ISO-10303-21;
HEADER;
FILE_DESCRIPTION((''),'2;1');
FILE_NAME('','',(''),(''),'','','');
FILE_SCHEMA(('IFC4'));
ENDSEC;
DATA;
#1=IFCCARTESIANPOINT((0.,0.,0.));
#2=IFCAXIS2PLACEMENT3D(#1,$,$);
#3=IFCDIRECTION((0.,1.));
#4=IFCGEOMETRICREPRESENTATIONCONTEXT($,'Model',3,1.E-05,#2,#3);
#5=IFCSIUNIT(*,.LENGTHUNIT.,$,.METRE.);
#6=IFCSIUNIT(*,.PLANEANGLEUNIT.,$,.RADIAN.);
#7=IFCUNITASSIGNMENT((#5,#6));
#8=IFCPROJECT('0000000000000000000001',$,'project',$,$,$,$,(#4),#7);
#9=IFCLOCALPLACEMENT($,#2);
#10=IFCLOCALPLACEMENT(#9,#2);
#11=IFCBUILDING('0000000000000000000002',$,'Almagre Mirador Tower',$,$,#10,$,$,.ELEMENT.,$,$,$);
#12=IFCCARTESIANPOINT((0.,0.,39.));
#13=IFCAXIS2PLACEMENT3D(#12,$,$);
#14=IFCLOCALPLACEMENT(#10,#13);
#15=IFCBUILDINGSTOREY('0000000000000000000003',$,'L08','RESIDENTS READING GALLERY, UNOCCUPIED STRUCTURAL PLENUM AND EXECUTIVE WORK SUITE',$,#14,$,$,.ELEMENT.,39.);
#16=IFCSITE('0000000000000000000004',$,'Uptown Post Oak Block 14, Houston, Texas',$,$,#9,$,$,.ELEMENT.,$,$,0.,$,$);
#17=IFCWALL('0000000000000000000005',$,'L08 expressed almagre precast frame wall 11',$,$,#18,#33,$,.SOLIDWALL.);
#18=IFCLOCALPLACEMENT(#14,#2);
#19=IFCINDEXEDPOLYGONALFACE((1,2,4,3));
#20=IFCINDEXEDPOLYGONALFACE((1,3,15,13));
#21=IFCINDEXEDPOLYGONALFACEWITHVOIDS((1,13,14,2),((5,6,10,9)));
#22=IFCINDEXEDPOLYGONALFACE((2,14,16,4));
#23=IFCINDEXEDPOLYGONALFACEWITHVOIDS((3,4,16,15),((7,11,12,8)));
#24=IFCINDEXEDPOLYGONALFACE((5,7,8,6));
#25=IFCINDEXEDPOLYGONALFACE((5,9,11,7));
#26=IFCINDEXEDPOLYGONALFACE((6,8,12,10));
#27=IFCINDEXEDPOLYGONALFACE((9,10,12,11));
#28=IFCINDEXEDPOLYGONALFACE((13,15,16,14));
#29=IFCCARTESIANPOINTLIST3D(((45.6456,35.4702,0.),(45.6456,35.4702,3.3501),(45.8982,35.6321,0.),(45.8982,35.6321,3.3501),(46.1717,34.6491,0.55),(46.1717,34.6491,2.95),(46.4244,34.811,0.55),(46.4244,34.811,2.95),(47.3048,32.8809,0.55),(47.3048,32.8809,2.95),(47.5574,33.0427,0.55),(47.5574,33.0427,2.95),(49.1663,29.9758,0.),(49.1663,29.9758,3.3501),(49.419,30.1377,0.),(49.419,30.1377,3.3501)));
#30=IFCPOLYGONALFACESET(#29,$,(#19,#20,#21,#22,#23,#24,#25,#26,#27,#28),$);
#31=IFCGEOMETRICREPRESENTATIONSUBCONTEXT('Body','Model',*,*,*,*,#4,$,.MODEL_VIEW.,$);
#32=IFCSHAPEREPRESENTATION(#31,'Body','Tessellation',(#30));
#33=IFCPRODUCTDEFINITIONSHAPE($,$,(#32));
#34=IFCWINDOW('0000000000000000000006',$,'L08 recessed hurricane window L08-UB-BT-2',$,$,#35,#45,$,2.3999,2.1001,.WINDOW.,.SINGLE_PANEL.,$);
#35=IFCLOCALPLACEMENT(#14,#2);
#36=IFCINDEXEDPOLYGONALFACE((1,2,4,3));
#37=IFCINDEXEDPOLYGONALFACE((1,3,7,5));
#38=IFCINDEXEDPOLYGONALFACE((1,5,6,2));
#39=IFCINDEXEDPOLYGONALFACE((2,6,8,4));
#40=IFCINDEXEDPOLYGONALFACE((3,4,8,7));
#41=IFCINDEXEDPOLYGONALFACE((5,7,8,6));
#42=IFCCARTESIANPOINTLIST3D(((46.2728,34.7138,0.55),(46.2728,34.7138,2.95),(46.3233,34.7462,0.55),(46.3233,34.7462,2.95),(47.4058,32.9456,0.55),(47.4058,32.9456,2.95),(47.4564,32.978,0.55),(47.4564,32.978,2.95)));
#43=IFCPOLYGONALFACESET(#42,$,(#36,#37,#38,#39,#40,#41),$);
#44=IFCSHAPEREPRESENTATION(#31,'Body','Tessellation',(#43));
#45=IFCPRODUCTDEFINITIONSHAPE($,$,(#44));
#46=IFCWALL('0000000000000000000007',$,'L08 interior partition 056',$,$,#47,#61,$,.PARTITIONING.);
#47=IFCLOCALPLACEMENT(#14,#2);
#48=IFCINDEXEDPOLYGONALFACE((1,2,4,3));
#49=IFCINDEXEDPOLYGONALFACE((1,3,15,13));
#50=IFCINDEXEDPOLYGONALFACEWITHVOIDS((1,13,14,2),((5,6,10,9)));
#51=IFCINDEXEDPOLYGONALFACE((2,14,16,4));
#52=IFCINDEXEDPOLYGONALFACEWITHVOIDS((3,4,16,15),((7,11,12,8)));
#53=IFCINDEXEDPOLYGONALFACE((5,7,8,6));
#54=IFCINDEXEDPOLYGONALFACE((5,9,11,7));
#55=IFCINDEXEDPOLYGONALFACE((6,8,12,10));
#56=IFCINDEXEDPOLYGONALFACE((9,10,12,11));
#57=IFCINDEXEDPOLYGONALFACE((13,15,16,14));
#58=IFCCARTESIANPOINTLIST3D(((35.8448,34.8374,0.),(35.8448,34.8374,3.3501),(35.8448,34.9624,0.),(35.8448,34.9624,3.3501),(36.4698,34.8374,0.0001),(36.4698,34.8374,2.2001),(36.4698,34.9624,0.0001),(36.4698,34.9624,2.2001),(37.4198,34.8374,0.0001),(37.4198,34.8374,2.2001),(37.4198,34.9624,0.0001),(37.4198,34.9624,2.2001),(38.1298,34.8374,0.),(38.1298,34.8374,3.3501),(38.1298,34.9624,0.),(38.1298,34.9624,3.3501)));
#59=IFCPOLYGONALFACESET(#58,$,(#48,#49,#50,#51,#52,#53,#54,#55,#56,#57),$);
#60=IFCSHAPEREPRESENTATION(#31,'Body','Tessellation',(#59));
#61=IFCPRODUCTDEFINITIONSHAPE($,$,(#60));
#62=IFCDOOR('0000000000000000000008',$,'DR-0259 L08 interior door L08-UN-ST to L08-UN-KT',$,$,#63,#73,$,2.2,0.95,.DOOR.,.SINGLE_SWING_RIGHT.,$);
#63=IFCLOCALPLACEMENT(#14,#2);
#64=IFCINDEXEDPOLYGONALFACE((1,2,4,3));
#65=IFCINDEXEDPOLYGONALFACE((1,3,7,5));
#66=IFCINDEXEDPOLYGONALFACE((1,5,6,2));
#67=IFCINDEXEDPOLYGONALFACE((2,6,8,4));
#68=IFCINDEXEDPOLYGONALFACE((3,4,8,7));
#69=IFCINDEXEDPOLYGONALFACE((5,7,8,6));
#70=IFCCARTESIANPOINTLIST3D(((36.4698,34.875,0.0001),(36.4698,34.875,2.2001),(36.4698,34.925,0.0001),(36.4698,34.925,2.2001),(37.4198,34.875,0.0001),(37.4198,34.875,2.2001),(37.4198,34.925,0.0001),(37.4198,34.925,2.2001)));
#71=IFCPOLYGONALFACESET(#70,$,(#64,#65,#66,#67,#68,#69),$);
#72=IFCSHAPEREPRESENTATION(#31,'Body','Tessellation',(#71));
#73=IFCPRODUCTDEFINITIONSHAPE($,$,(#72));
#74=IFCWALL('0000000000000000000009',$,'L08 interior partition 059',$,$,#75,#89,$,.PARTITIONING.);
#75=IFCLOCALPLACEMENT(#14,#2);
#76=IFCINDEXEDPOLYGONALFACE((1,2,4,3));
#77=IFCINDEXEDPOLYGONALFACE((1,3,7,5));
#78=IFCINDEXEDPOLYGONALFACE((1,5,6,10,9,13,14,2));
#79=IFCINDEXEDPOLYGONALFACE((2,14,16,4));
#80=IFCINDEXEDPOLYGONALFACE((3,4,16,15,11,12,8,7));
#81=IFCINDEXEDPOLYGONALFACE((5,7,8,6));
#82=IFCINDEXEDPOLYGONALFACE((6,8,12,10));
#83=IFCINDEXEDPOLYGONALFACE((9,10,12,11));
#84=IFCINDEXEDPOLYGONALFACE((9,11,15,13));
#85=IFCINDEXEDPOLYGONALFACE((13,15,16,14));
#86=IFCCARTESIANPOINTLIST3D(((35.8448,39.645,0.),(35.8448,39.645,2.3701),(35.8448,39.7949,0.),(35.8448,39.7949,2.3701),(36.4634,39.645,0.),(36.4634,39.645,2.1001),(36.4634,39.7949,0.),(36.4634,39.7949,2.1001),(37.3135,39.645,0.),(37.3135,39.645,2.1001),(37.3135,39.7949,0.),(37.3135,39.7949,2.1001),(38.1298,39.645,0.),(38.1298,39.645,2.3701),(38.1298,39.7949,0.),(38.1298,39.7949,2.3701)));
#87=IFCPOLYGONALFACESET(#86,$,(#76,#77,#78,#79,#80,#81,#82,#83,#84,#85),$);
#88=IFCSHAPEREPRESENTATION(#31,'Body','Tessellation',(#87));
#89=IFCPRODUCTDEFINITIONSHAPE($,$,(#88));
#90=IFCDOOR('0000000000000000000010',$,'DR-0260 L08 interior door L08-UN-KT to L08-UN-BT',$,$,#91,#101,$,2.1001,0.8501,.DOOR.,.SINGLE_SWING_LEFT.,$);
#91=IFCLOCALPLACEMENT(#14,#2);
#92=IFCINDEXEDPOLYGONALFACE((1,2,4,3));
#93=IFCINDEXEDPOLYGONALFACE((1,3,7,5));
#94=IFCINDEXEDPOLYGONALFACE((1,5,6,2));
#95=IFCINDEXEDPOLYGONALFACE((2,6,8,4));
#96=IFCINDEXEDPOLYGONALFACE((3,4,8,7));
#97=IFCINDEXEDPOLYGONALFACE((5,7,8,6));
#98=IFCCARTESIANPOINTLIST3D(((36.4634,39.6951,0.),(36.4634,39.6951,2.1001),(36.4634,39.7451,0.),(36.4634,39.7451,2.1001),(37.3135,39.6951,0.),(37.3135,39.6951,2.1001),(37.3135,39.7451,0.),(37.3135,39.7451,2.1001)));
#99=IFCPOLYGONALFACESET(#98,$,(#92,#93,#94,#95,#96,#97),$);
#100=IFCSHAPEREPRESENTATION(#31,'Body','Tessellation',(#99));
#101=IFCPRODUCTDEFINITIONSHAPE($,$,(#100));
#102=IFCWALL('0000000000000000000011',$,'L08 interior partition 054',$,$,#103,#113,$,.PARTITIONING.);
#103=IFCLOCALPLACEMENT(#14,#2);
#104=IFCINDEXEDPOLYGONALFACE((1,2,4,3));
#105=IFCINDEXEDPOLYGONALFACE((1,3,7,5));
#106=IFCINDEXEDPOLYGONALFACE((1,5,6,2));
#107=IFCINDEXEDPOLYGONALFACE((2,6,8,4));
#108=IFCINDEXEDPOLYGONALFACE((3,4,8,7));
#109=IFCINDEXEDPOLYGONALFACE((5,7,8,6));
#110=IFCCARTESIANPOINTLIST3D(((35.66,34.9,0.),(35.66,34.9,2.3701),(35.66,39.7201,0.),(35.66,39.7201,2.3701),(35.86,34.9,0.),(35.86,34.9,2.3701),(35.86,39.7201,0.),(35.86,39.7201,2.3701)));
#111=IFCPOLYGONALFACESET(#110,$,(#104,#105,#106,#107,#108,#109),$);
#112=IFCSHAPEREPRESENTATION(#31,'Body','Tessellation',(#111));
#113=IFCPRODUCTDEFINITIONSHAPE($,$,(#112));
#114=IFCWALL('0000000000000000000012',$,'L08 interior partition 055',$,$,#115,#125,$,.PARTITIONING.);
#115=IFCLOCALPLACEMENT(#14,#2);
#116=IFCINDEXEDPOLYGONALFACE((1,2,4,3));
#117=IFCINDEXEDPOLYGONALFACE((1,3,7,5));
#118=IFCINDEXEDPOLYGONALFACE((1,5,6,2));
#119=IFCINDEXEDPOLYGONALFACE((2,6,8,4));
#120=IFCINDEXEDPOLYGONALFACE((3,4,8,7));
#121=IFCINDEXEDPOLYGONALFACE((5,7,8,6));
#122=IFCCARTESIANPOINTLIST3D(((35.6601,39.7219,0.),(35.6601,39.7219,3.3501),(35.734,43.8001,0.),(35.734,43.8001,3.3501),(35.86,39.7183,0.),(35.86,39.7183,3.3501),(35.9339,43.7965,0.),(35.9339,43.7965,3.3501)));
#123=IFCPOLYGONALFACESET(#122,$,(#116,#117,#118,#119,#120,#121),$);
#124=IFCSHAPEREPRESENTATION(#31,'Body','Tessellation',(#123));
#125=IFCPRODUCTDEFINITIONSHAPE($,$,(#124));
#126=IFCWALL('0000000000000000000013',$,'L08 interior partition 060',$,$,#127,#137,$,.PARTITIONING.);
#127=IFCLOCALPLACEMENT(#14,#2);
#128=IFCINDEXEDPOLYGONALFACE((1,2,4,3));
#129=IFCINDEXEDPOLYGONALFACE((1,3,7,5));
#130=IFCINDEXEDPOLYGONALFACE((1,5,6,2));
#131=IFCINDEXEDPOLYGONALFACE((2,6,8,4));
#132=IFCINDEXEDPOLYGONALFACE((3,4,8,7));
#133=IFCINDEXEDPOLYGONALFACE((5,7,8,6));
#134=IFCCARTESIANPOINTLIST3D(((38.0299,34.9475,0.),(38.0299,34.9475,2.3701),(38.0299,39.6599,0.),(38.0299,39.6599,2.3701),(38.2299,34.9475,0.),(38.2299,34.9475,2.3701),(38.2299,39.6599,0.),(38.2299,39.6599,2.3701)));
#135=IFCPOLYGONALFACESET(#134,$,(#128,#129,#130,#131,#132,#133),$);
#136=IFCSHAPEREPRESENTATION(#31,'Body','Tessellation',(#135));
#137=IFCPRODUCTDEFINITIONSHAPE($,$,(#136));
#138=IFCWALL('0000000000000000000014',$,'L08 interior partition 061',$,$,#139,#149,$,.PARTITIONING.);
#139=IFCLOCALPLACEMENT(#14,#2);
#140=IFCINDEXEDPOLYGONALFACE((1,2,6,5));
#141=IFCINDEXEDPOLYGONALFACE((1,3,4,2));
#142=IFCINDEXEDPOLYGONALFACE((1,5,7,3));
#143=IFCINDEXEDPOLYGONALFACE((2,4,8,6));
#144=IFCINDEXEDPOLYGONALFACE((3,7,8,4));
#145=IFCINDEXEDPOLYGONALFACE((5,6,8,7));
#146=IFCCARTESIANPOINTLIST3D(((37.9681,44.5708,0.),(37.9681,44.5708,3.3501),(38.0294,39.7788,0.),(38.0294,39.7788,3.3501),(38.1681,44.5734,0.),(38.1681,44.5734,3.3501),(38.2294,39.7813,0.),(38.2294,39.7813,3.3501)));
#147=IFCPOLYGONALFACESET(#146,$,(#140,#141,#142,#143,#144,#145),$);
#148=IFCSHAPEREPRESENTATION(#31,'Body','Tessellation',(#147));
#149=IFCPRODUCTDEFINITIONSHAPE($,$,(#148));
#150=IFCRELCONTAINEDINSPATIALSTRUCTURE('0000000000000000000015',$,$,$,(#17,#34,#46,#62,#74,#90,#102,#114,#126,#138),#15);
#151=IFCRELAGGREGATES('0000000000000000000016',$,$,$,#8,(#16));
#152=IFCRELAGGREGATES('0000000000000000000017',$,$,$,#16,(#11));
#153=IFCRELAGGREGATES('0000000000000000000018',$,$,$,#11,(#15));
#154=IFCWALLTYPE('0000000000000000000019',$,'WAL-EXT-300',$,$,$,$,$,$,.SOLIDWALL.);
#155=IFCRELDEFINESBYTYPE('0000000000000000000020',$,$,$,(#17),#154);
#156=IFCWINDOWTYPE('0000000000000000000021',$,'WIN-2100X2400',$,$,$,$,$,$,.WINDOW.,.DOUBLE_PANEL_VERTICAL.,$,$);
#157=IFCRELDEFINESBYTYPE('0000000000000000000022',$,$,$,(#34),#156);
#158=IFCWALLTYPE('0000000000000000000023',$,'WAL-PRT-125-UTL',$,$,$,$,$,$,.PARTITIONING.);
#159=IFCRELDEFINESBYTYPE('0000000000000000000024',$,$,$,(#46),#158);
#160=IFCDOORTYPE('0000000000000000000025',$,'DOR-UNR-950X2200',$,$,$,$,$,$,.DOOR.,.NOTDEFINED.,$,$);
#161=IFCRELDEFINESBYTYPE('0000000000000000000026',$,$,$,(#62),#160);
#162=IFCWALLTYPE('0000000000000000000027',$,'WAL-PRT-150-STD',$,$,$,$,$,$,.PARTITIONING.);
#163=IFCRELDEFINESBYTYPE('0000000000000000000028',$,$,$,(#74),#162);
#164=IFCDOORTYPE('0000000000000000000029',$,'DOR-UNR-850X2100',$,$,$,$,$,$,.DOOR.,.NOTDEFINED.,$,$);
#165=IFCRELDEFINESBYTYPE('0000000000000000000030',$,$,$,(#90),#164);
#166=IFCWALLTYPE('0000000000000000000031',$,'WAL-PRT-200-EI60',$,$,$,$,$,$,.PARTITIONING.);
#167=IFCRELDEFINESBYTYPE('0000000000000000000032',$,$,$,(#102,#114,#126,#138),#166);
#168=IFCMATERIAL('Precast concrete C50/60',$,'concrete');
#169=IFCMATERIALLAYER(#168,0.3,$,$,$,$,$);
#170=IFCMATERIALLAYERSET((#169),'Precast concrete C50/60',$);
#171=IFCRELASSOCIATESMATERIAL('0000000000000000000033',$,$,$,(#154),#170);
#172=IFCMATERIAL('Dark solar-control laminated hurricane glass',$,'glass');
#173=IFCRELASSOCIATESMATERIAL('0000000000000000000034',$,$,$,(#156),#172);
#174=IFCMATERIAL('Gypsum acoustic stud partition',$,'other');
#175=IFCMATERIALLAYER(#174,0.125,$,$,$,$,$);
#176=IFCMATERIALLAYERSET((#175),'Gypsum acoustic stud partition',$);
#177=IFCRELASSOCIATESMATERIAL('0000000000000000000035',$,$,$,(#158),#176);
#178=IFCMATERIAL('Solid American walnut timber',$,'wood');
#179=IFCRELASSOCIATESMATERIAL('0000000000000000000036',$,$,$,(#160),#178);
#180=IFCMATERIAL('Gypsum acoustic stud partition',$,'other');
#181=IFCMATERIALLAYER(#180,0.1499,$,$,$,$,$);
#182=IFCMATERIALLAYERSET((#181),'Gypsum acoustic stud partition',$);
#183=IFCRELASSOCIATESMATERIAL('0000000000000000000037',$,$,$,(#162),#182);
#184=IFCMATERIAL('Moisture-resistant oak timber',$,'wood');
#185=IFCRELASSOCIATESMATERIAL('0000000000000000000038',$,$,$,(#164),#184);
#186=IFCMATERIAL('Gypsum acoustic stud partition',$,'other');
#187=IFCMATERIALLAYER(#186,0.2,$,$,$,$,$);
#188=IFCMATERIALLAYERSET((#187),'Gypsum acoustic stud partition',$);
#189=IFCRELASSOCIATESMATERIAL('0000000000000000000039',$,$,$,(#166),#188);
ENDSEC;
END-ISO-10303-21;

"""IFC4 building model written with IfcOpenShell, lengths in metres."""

from ifc_helpers import new_model, si_unit, direction, frame, frame_2d, origin, place, context, subcontext, project, spatial, rectangle, extrude, material, layer, layer_set, type_object, element, fill, save


model = new_model("IFC4")

# Units and contexts
model_context = context("Model", 3, precision=1e-05, world=origin(), true_north=direction((0.0, 1.0)))
body_context = subcontext(model_context, "Body", "Model", "MODEL_VIEW")
ifc_project = project(units=[si_unit("LENGTHUNIT", "METRE"), si_unit("PLANEANGLEUNIT", "RADIAN")], contexts=[model_context])

# Site, building, storey
site_placement = place(None, origin())
site = spatial("IfcSite", under=ifc_project, at=site_placement, Name="Uptown Post Oak Block 14, Houston, Texas", CompositionType="ELEMENT", RefElevation=0.0)
building_placement = place(site_placement, origin())
building = spatial("IfcBuilding", under=site, at=building_placement, Name="Almagre Mirador Tower", CompositionType="ELEMENT")
storey_placement = place(building_placement, frame((0.0, 0.0, 39.0)))
storey = spatial("IfcBuildingStorey", under=building, at=storey_placement, Name="L08", Description="RESIDENTS READING GALLERY, UNOCCUPIED STRUCTURAL PLENUM AND EXECUTIVE WORK SUITE", CompositionType="ELEMENT", Elevation=39.0)

# Shared definitions
ifc_material_1 = material(Name="Precast concrete C50/60", Category="concrete")
ifc_layer_1 = layer(ifc_material_1, 0.3)
ifc_layer_set_1 = layer_set([ifc_layer_1], Name="Precast concrete C50/60")
wall_type_1 = type_object("IfcWallType", Name="WAL-EXT-300", PredefinedType="SOLIDWALL", material=ifc_layer_set_1)

# Wall, opening, window
wall_1_placement = place(storey_placement, frame((45.772, 35.551, 0.0), z_axis=(0.0, 0.0, 1.0), x_axis=(0.539526, -0.841969, 0.0)))
wall_1 = element("IfcWall", 1, at=wall_1_placement, inside=storey, type_object=wall_type_1, Name="L08 expressed almagre precast frame wall 11", PredefinedType="SOLIDWALL", context=body_context, shape_type="SweptSolid", body=[
    extrude(rectangle(XDim=6.5256, YDim=0.3, at=frame_2d((3.2627, 0.0))), origin(), (0.0, 0.0, 1.0), 3.3501),
])
opening_1_placement = place(wall_1_placement, frame((0.9751, 0.0, 0.55)))
opening_1 = element("IfcOpeningElement", 2, at=opening_1_placement, cuts=wall_1, PredefinedType="OPENING", context=body_context, shape_type="SweptSolid", body=[
    extrude(rectangle(XDim=2.1001, YDim=2.3999, at=frame_2d((1.05, 1.2))), frame((0.0, 0.1599, 0.0), z_axis=(0.0, -1.0, 0.0), x_axis=(1.0, 0.0, 0.0)), (0.0, 0.0, 1.0), 0.32),
])
ifc_material_2 = material(Name="Dark solar-control laminated hurricane glass", Category="glass")
window_type_1 = type_object("IfcWindowType", Name="WIN-2100X2400", PartitioningType="DOUBLE_PANEL_VERTICAL", PredefinedType="WINDOW", material=ifc_material_2)
window_1_placement = place(opening_1_placement, origin())
window_1 = element("IfcWindow", 3, at=window_1_placement, inside=storey, type_object=window_type_1, Name="L08 recessed hurricane window L08-UB-BT-2", OverallHeight=2.3999, OverallWidth=2.1001, PartitioningType="SINGLE_PANEL", PredefinedType="WINDOW", context=body_context, shape_type="SweptSolid", body=[
    extrude(rectangle(XDim=2.1001, YDim=2.3999, at=frame_2d((1.05, 1.2))), frame((0.0, 0.03, 0.0), z_axis=(0.0, -1.0, 0.0), x_axis=(1.0, 0.0, 0.0)), (0.0, 0.0, 1.0), 0.0601),
])
fill(opening_1, window_1)

# Walls, openings, doors
ifc_material_3 = material(Name="Gypsum acoustic stud partition", Category="other")
ifc_layer_2 = layer(ifc_material_3, 0.125)
ifc_layer_set_2 = layer_set([ifc_layer_2], Name="Gypsum acoustic stud partition")
wall_type_2 = type_object("IfcWallType", Name="WAL-PRT-125-UTL", PredefinedType="PARTITIONING", material=ifc_layer_set_2)
wall_2_placement = place(storey_placement, frame((38.1299, 34.8999, 0.0), z_axis=(0.0, 0.0, 1.0), x_axis=(-1.0, 0.0, 0.0)))
wall_2 = element("IfcWall", 4, at=wall_2_placement, inside=storey, type_object=wall_type_2, Name="L08 interior partition 056", PredefinedType="PARTITIONING", context=body_context, shape_type="SweptSolid", body=[
    extrude(rectangle(XDim=2.2849, YDim=0.125, at=frame_2d((1.1426, 0.0))), origin(), (0.0, 0.0, 1.0), 3.3501),
])
opening_2_placement = place(wall_2_placement, frame((0.71, 0.0, 0.0)))
opening_2 = element("IfcOpeningElement", 5, at=opening_2_placement, cuts=wall_2, PredefinedType="OPENING", context=body_context, shape_type="SweptSolid", body=[
    extrude(rectangle(XDim=0.95, YDim=2.2, at=frame_2d((0.4751, 1.1001))), frame((0.0, 0.0725, 0.0), z_axis=(0.0, -1.0, 0.0), x_axis=(1.0, 0.0, 0.0)), (0.0, 0.0, 1.0), 0.145),
])
ifc_material_4 = material(Name="Solid American walnut timber", Category="wood")
door_type_1 = type_object("IfcDoorType", Name="DOR-UNR-950X2200", OperationType="NOTDEFINED", PredefinedType="DOOR", material=ifc_material_4)
door_1_placement = place(opening_2_placement, origin())
door_1 = element("IfcDoor", 6, at=door_1_placement, inside=storey, type_object=door_type_1, Name="DR-0259 L08 interior door L08-UN-ST to L08-UN-KT", OperationType="SINGLE_SWING_RIGHT", OverallHeight=2.2, OverallWidth=0.95, PredefinedType="DOOR", context=body_context, shape_type="SweptSolid", body=[
    extrude(rectangle(XDim=0.95, YDim=2.2, at=frame_2d((0.4751, 1.1001))), frame((0.0, 0.0249, 0.0), z_axis=(0.0, -1.0, 0.0), x_axis=(1.0, 0.0, 0.0)), (0.0, 0.0, 1.0), 0.05),
])
fill(opening_2, door_1)
ifc_material_5 = material(Name="Gypsum acoustic stud partition", Category="other")
ifc_layer_3 = layer(ifc_material_5, 0.1499)
ifc_layer_set_3 = layer_set([ifc_layer_3], Name="Gypsum acoustic stud partition")
wall_type_3 = type_object("IfcWallType", Name="WAL-PRT-150-STD", PredefinedType="PARTITIONING", material=ifc_layer_set_3)
wall_3_placement = place(storey_placement, frame((38.1299, 39.72, 0.0), z_axis=(0.0, 0.0, 1.0), x_axis=(-1.0, 0.0, 0.0)))
wall_3 = element("IfcWall", 7, at=wall_3_placement, inside=storey, type_object=wall_type_3, Name="L08 interior partition 059", PredefinedType="PARTITIONING", context=body_context, shape_type="SweptSolid", body=[
    extrude(rectangle(XDim=2.2849, YDim=0.1499, at=frame_2d((1.1426, 0.0))), origin(), (0.0, 0.0, 1.0), 2.3701),
])
opening_3_placement = place(wall_3_placement, frame((0.8164, 0.0, 0.0)))
opening_3 = element("IfcOpeningElement", 8, at=opening_3_placement, cuts=wall_3, PredefinedType="OPENING", context=body_context, shape_type="SweptSolid", body=[
    extrude(rectangle(XDim=0.8501, YDim=2.1001, at=frame_2d((0.425, 1.05))), frame((0.0, 0.085, 0.0), z_axis=(0.0, -1.0, 0.0), x_axis=(1.0, 0.0, 0.0)), (0.0, 0.0, 1.0), 0.1699),
])
ifc_material_6 = material(Name="Moisture-resistant oak timber", Category="wood")
door_type_2 = type_object("IfcDoorType", Name="DOR-UNR-850X2100", OperationType="NOTDEFINED", PredefinedType="DOOR", material=ifc_material_6)
door_2_placement = place(opening_3_placement, origin())
door_2 = element("IfcDoor", 9, at=door_2_placement, inside=storey, type_object=door_type_2, Name="DR-0260 L08 interior door L08-UN-KT to L08-UN-BT", OperationType="SINGLE_SWING_LEFT", OverallHeight=2.1001, OverallWidth=0.8501, PredefinedType="DOOR", context=body_context, shape_type="SweptSolid", body=[
    extrude(rectangle(XDim=0.8501, YDim=2.1001, at=frame_2d((0.425, 1.05))), frame((0.0, 0.0249, 0.0), z_axis=(0.0, -1.0, 0.0), x_axis=(1.0, 0.0, 0.0)), (0.0, 0.0, 1.0), 0.05),
])
fill(opening_3, door_2)

# Walls
ifc_material_7 = material(Name="Gypsum acoustic stud partition", Category="other")
ifc_layer_4 = layer(ifc_material_7, 0.2)
ifc_layer_set_4 = layer_set([ifc_layer_4], Name="Gypsum acoustic stud partition")
wall_type_4 = type_object("IfcWallType", Name="WAL-PRT-200-EI60", PredefinedType="PARTITIONING", material=ifc_layer_set_4)
wall_4_placement = place(storey_placement, frame((35.76, 34.8999, 0.0), z_axis=(0.0, 0.0, 1.0), x_axis=(0.0, 1.0, 0.0)))
element("IfcWall", 10, at=wall_4_placement, inside=storey, type_object=wall_type_4, Name="L08 interior partition 054", PredefinedType="PARTITIONING", context=body_context, shape_type="SweptSolid", body=[
    extrude(rectangle(XDim=4.8201, YDim=0.2, at=frame_2d((2.4102, 0.0))), origin(), (0.0, 0.0, 1.0), 2.3701),
])
wall_5_placement = place(storey_placement, frame((35.76, 39.72, 0.0), z_axis=(0.0, 0.0, 1.0), x_axis=(0.018136, 0.999836, 0.0)))
element("IfcWall", 11, at=wall_5_placement, inside=storey, type_object=wall_type_4, Name="L08 interior partition 055", PredefinedType="PARTITIONING", context=body_context, shape_type="SweptSolid", body=[
    extrude(rectangle(XDim=4.0789, YDim=0.2, at=frame_2d((2.0396, 0.0))), origin(), (0.0, 0.0, 1.0), 3.3501),
])
wall_6_placement = place(storey_placement, frame((38.1299, 34.9475, 0.0), z_axis=(0.0, 0.0, 1.0), x_axis=(0.0, 1.0, 0.0)))
element("IfcWall", 12, at=wall_6_placement, inside=storey, type_object=wall_type_4, Name="L08 interior partition 060", PredefinedType="PARTITIONING", context=body_context, shape_type="SweptSolid", body=[
    extrude(rectangle(XDim=4.7124, YDim=0.2, at=frame_2d((2.3562, 0.0))), origin(), (0.0, 0.0, 1.0), 2.3701),
])
wall_7_placement = place(storey_placement, frame((38.1294, 39.78, 0.0), z_axis=(0.0, 0.0, 1.0), x_axis=(-0.012787, 0.999918, 0.0)))
element("IfcWall", 13, at=wall_7_placement, inside=storey, type_object=wall_type_4, Name="L08 interior partition 061", PredefinedType="PARTITIONING", context=body_context, shape_type="SweptSolid", body=[
    extrude(rectangle(XDim=4.7925, YDim=0.2, at=frame_2d((2.3962, 0.0))), origin(), (0.0, 0.0, 1.0), 3.3501),
])

save(model, "model.ifc")
